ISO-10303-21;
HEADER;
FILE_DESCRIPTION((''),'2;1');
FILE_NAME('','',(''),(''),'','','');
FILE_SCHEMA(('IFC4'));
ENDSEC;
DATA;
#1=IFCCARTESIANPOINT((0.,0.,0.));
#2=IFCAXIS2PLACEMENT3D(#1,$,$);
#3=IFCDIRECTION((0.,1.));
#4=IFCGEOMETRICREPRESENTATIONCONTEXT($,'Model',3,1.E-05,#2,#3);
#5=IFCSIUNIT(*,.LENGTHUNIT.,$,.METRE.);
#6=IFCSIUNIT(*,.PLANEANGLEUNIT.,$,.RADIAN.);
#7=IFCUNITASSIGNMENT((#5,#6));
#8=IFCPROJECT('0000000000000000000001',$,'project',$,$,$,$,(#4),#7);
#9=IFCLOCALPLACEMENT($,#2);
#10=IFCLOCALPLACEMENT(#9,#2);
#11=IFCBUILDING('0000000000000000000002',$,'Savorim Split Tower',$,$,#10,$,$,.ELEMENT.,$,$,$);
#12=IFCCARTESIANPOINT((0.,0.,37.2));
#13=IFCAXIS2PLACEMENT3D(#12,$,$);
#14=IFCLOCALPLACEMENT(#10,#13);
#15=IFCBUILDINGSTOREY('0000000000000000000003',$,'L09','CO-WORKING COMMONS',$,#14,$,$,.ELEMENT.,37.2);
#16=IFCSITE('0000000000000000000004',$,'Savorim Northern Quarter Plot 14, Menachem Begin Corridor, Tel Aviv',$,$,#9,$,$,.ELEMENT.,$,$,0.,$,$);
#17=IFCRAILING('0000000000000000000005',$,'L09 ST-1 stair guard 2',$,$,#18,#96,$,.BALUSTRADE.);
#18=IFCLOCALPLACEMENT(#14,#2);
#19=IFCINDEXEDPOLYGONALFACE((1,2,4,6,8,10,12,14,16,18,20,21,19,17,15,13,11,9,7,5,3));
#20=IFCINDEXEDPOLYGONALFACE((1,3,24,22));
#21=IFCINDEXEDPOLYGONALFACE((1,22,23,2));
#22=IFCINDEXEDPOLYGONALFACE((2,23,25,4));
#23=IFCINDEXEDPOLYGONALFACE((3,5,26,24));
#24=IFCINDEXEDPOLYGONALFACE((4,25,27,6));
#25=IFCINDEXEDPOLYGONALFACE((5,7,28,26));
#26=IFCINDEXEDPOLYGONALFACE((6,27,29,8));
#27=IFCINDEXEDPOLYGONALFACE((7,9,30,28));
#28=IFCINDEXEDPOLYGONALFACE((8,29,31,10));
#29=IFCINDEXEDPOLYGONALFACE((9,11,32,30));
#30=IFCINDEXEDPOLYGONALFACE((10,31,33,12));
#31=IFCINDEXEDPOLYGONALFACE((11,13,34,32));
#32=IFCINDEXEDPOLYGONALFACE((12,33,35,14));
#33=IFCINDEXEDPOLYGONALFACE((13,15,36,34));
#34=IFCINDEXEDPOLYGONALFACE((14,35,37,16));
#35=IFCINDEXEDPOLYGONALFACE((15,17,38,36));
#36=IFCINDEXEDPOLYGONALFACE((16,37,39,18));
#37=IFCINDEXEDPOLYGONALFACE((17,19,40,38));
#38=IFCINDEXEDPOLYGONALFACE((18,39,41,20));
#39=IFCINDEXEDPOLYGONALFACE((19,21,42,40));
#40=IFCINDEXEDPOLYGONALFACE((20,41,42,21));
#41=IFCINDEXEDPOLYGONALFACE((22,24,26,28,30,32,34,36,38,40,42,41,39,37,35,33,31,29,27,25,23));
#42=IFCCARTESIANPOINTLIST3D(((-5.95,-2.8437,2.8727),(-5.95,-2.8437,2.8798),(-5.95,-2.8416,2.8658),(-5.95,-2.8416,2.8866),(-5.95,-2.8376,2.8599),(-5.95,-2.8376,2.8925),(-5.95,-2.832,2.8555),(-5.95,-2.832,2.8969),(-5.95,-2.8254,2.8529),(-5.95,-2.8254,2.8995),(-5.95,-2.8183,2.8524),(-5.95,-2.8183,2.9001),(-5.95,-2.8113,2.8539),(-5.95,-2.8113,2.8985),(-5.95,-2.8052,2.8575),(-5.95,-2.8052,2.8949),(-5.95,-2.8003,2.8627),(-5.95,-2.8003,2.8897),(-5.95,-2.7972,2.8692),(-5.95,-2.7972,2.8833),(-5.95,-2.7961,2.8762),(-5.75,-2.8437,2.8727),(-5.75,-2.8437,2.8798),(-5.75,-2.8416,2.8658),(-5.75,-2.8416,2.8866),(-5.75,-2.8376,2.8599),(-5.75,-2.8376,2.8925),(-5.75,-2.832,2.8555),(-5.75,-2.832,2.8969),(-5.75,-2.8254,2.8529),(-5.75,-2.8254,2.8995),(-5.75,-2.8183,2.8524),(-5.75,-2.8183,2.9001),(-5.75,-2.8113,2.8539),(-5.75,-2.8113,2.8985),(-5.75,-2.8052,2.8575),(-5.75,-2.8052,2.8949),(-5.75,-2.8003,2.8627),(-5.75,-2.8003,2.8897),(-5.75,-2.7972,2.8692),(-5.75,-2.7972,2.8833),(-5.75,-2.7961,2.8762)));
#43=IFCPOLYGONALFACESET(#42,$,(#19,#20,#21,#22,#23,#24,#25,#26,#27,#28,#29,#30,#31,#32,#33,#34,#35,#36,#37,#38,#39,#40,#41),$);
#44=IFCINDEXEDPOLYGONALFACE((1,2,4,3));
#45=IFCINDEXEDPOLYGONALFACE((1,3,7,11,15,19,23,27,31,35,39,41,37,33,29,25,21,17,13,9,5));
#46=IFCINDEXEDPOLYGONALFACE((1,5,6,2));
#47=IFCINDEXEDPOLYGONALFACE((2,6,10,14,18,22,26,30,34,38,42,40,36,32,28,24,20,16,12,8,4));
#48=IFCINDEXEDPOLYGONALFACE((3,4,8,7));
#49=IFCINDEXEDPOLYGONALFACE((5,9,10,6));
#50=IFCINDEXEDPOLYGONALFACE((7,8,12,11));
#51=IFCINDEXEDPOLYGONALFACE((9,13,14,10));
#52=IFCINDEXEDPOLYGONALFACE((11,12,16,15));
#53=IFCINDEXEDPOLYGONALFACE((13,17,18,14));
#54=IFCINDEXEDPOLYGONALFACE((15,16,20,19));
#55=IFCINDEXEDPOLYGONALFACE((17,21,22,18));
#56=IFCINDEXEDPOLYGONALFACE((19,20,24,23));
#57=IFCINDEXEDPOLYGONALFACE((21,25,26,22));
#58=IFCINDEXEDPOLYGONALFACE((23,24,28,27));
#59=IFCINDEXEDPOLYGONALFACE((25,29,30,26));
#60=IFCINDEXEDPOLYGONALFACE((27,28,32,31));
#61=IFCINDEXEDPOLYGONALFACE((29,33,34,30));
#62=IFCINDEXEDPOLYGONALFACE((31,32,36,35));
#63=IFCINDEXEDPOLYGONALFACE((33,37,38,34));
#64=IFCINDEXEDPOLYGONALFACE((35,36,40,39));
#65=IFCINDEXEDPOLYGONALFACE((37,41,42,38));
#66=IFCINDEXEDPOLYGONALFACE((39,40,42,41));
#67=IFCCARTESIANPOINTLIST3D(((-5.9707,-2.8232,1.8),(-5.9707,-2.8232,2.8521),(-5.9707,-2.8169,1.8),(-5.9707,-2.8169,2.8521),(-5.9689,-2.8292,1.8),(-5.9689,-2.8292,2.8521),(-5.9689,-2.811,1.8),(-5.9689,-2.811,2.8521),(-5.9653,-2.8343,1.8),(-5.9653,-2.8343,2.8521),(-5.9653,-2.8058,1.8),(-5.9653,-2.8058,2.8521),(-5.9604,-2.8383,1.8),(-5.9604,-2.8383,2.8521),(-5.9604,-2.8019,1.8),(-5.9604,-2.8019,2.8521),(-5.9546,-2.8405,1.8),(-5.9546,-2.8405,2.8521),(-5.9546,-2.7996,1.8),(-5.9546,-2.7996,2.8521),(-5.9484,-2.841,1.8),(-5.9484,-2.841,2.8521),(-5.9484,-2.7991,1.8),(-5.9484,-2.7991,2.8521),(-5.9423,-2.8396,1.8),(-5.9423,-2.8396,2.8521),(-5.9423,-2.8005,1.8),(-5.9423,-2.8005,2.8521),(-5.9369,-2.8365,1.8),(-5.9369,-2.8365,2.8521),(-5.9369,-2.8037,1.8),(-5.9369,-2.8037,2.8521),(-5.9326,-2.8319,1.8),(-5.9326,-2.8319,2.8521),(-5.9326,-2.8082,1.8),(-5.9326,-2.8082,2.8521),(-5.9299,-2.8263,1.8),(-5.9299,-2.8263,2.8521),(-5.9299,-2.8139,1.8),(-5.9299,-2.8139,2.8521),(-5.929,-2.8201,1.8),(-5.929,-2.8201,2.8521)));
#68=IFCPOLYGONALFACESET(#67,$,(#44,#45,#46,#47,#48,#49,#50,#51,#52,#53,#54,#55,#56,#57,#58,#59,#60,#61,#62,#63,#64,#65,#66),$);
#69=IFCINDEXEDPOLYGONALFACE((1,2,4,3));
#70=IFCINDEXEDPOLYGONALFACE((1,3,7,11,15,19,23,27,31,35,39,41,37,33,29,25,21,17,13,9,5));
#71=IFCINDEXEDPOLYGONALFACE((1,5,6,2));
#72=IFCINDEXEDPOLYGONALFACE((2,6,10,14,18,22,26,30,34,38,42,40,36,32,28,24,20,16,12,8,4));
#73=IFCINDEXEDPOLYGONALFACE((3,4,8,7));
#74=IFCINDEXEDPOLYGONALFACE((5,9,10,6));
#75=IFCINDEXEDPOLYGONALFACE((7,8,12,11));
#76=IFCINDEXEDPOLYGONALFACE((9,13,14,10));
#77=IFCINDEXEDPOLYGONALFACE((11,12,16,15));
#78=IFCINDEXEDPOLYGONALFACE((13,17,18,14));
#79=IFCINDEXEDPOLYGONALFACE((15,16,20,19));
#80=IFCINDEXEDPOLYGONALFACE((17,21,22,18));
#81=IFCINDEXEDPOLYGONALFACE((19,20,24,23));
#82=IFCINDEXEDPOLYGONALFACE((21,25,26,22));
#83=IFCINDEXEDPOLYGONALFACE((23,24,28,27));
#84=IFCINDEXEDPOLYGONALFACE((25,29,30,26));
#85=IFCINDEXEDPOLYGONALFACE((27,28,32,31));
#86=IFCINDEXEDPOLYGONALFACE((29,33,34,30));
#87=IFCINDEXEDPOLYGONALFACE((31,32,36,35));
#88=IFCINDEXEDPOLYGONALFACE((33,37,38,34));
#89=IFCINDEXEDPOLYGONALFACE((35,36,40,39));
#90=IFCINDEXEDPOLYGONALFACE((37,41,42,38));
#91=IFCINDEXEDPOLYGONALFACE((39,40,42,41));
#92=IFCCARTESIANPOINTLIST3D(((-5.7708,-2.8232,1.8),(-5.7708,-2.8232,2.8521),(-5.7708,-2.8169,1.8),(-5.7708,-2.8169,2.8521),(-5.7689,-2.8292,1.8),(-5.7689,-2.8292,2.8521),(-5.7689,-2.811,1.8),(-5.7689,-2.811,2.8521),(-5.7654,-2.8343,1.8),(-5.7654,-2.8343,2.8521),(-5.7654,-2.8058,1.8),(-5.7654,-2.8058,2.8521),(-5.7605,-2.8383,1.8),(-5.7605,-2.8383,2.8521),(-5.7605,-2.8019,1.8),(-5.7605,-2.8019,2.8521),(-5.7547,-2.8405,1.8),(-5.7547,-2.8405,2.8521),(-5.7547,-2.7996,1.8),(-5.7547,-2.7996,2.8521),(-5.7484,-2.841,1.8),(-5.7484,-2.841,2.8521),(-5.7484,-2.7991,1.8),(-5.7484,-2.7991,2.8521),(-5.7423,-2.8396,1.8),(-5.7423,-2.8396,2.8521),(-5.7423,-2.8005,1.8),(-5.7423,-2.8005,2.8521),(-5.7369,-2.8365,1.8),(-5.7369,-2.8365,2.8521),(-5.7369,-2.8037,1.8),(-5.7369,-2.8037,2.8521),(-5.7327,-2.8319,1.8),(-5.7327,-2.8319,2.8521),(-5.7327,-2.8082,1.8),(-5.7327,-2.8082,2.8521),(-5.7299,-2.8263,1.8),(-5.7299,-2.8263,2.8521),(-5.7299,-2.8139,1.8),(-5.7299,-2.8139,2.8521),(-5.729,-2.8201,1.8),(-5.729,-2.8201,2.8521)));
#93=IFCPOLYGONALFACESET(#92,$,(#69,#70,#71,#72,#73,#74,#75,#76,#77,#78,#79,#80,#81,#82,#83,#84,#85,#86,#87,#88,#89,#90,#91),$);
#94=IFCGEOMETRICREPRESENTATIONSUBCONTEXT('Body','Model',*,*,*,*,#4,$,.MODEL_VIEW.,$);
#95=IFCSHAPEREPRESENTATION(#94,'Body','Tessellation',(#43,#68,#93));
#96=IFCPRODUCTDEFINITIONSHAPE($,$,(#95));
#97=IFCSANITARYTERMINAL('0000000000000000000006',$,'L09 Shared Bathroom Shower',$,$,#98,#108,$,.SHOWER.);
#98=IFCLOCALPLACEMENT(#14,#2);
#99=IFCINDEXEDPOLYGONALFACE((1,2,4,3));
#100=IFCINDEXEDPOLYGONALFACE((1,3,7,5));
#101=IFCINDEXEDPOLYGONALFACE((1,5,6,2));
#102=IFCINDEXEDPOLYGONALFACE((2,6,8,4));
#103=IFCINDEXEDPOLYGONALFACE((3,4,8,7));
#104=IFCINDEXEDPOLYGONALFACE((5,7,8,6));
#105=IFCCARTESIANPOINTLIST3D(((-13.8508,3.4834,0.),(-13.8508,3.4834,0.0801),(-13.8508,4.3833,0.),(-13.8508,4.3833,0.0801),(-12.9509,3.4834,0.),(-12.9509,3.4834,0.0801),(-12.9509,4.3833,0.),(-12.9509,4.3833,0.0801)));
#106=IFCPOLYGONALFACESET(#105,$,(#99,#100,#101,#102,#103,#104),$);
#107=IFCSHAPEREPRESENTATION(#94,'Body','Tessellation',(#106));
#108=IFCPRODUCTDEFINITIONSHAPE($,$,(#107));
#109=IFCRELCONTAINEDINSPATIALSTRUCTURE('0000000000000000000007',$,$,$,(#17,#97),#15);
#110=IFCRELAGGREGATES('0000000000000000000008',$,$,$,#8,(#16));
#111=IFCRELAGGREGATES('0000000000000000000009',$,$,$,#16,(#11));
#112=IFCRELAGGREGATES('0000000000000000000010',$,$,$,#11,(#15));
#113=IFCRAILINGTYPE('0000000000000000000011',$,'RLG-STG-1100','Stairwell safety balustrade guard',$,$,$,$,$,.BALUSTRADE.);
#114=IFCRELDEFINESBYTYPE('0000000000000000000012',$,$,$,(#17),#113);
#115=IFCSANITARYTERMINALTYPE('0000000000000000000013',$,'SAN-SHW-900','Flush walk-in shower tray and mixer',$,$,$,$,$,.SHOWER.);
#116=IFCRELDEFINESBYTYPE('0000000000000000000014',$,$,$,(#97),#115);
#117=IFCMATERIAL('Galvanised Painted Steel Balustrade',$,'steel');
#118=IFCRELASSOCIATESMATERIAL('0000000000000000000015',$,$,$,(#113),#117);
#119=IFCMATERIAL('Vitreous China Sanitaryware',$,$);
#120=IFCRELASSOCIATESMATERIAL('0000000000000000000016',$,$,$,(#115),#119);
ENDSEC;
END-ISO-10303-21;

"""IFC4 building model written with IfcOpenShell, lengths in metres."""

from ifc_helpers import new_model, si_unit, direction, frame, origin, origin_2d, place, context, subcontext, project, spatial, rectangle, circle, extrude, material, type_object, element, save


model = new_model("IFC4")

# Units and contexts
model_context = context("Model", 3, precision=1e-05, world=origin(), true_north=direction((0.0, 1.0)))
body_context = subcontext(model_context, "Body", "Model", "MODEL_VIEW")
ifc_project = project(units=[si_unit("LENGTHUNIT", "METRE"), si_unit("PLANEANGLEUNIT", "RADIAN")], contexts=[model_context])

# Site, building, storey
site_placement = place(None, origin())
site = spatial("IfcSite", under=ifc_project, at=site_placement, Name="Savorim Northern Quarter Plot 14, Menachem Begin Corridor, Tel Aviv", CompositionType="ELEMENT", RefElevation=0.0)
building_placement = place(site_placement, origin())
building = spatial("IfcBuilding", under=site, at=building_placement, Name="Savorim Split Tower", CompositionType="ELEMENT")
storey_placement = place(building_placement, frame((0.0, 0.0, 37.2)))
storey = spatial("IfcBuildingStorey", under=building, at=storey_placement, Name="L09", Description="CO-WORKING COMMONS", CompositionType="ELEMENT", Elevation=37.2)

# Railing
ifc_material_1 = material(Name="Galvanised Painted Steel Balustrade", Category="steel")
railing_type_1 = type_object("IfcRailingType", Name="RLG-STG-1100", Description="Stairwell safety balustrade guard", PredefinedType="BALUSTRADE", material=ifc_material_1)
railing_1_placement = place(storey_placement, frame((-5.95, -2.8201, 1.8)))
element("IfcRailing", 1, at=railing_1_placement, inside=storey, type_object=railing_type_1, Name="L09 ST-1 stair guard 2", PredefinedType="BALUSTRADE", context=body_context, shape_type="SweptSolid", body=[
    extrude(circle(Radius=0.0239, at=origin_2d()), frame((0.0, 0.0, 1.0762), z_axis=(1.0, 0.0, 0.0), x_axis=(0.0, 1.0, 0.0)), (0.0, 0.0, 1.0), 0.2),
    extrude(circle(Radius=0.021, at=origin_2d()), origin(), (0.0, 0.0, 1.0), 1.052),
    extrude(circle(Radius=0.021, at=origin_2d()), frame((0.2, 0.0, 0.0)), (0.0, 0.0, 1.0), 1.052),
])

# Sanitary terminal
ifc_material_2 = material(Name="Vitreous China Sanitaryware")
sanitary_terminal_type = type_object("IfcSanitaryTerminalType", Name="SAN-SHW-900", Description="Flush walk-in shower tray and mixer", PredefinedType="SHOWER", material=ifc_material_2)
sanitary_terminal_placement = place(storey_placement, frame((-13.4009, 3.9333, 0.0), z_axis=(0.0, 0.0, 1.0), x_axis=(1.0, 0.0, 0.0)))
element("IfcSanitaryTerminal", 2, at=sanitary_terminal_placement, inside=storey, type_object=sanitary_terminal_type, Name="L09 Shared Bathroom Shower", PredefinedType="SHOWER", context=body_context, shape_type="SweptSolid", body=[
    extrude(rectangle(XDim=0.8999, YDim=0.8999, at=origin_2d()), origin(), (0.0, 0.0, 1.0), 0.0801),
])

save(model, "model.ifc")
